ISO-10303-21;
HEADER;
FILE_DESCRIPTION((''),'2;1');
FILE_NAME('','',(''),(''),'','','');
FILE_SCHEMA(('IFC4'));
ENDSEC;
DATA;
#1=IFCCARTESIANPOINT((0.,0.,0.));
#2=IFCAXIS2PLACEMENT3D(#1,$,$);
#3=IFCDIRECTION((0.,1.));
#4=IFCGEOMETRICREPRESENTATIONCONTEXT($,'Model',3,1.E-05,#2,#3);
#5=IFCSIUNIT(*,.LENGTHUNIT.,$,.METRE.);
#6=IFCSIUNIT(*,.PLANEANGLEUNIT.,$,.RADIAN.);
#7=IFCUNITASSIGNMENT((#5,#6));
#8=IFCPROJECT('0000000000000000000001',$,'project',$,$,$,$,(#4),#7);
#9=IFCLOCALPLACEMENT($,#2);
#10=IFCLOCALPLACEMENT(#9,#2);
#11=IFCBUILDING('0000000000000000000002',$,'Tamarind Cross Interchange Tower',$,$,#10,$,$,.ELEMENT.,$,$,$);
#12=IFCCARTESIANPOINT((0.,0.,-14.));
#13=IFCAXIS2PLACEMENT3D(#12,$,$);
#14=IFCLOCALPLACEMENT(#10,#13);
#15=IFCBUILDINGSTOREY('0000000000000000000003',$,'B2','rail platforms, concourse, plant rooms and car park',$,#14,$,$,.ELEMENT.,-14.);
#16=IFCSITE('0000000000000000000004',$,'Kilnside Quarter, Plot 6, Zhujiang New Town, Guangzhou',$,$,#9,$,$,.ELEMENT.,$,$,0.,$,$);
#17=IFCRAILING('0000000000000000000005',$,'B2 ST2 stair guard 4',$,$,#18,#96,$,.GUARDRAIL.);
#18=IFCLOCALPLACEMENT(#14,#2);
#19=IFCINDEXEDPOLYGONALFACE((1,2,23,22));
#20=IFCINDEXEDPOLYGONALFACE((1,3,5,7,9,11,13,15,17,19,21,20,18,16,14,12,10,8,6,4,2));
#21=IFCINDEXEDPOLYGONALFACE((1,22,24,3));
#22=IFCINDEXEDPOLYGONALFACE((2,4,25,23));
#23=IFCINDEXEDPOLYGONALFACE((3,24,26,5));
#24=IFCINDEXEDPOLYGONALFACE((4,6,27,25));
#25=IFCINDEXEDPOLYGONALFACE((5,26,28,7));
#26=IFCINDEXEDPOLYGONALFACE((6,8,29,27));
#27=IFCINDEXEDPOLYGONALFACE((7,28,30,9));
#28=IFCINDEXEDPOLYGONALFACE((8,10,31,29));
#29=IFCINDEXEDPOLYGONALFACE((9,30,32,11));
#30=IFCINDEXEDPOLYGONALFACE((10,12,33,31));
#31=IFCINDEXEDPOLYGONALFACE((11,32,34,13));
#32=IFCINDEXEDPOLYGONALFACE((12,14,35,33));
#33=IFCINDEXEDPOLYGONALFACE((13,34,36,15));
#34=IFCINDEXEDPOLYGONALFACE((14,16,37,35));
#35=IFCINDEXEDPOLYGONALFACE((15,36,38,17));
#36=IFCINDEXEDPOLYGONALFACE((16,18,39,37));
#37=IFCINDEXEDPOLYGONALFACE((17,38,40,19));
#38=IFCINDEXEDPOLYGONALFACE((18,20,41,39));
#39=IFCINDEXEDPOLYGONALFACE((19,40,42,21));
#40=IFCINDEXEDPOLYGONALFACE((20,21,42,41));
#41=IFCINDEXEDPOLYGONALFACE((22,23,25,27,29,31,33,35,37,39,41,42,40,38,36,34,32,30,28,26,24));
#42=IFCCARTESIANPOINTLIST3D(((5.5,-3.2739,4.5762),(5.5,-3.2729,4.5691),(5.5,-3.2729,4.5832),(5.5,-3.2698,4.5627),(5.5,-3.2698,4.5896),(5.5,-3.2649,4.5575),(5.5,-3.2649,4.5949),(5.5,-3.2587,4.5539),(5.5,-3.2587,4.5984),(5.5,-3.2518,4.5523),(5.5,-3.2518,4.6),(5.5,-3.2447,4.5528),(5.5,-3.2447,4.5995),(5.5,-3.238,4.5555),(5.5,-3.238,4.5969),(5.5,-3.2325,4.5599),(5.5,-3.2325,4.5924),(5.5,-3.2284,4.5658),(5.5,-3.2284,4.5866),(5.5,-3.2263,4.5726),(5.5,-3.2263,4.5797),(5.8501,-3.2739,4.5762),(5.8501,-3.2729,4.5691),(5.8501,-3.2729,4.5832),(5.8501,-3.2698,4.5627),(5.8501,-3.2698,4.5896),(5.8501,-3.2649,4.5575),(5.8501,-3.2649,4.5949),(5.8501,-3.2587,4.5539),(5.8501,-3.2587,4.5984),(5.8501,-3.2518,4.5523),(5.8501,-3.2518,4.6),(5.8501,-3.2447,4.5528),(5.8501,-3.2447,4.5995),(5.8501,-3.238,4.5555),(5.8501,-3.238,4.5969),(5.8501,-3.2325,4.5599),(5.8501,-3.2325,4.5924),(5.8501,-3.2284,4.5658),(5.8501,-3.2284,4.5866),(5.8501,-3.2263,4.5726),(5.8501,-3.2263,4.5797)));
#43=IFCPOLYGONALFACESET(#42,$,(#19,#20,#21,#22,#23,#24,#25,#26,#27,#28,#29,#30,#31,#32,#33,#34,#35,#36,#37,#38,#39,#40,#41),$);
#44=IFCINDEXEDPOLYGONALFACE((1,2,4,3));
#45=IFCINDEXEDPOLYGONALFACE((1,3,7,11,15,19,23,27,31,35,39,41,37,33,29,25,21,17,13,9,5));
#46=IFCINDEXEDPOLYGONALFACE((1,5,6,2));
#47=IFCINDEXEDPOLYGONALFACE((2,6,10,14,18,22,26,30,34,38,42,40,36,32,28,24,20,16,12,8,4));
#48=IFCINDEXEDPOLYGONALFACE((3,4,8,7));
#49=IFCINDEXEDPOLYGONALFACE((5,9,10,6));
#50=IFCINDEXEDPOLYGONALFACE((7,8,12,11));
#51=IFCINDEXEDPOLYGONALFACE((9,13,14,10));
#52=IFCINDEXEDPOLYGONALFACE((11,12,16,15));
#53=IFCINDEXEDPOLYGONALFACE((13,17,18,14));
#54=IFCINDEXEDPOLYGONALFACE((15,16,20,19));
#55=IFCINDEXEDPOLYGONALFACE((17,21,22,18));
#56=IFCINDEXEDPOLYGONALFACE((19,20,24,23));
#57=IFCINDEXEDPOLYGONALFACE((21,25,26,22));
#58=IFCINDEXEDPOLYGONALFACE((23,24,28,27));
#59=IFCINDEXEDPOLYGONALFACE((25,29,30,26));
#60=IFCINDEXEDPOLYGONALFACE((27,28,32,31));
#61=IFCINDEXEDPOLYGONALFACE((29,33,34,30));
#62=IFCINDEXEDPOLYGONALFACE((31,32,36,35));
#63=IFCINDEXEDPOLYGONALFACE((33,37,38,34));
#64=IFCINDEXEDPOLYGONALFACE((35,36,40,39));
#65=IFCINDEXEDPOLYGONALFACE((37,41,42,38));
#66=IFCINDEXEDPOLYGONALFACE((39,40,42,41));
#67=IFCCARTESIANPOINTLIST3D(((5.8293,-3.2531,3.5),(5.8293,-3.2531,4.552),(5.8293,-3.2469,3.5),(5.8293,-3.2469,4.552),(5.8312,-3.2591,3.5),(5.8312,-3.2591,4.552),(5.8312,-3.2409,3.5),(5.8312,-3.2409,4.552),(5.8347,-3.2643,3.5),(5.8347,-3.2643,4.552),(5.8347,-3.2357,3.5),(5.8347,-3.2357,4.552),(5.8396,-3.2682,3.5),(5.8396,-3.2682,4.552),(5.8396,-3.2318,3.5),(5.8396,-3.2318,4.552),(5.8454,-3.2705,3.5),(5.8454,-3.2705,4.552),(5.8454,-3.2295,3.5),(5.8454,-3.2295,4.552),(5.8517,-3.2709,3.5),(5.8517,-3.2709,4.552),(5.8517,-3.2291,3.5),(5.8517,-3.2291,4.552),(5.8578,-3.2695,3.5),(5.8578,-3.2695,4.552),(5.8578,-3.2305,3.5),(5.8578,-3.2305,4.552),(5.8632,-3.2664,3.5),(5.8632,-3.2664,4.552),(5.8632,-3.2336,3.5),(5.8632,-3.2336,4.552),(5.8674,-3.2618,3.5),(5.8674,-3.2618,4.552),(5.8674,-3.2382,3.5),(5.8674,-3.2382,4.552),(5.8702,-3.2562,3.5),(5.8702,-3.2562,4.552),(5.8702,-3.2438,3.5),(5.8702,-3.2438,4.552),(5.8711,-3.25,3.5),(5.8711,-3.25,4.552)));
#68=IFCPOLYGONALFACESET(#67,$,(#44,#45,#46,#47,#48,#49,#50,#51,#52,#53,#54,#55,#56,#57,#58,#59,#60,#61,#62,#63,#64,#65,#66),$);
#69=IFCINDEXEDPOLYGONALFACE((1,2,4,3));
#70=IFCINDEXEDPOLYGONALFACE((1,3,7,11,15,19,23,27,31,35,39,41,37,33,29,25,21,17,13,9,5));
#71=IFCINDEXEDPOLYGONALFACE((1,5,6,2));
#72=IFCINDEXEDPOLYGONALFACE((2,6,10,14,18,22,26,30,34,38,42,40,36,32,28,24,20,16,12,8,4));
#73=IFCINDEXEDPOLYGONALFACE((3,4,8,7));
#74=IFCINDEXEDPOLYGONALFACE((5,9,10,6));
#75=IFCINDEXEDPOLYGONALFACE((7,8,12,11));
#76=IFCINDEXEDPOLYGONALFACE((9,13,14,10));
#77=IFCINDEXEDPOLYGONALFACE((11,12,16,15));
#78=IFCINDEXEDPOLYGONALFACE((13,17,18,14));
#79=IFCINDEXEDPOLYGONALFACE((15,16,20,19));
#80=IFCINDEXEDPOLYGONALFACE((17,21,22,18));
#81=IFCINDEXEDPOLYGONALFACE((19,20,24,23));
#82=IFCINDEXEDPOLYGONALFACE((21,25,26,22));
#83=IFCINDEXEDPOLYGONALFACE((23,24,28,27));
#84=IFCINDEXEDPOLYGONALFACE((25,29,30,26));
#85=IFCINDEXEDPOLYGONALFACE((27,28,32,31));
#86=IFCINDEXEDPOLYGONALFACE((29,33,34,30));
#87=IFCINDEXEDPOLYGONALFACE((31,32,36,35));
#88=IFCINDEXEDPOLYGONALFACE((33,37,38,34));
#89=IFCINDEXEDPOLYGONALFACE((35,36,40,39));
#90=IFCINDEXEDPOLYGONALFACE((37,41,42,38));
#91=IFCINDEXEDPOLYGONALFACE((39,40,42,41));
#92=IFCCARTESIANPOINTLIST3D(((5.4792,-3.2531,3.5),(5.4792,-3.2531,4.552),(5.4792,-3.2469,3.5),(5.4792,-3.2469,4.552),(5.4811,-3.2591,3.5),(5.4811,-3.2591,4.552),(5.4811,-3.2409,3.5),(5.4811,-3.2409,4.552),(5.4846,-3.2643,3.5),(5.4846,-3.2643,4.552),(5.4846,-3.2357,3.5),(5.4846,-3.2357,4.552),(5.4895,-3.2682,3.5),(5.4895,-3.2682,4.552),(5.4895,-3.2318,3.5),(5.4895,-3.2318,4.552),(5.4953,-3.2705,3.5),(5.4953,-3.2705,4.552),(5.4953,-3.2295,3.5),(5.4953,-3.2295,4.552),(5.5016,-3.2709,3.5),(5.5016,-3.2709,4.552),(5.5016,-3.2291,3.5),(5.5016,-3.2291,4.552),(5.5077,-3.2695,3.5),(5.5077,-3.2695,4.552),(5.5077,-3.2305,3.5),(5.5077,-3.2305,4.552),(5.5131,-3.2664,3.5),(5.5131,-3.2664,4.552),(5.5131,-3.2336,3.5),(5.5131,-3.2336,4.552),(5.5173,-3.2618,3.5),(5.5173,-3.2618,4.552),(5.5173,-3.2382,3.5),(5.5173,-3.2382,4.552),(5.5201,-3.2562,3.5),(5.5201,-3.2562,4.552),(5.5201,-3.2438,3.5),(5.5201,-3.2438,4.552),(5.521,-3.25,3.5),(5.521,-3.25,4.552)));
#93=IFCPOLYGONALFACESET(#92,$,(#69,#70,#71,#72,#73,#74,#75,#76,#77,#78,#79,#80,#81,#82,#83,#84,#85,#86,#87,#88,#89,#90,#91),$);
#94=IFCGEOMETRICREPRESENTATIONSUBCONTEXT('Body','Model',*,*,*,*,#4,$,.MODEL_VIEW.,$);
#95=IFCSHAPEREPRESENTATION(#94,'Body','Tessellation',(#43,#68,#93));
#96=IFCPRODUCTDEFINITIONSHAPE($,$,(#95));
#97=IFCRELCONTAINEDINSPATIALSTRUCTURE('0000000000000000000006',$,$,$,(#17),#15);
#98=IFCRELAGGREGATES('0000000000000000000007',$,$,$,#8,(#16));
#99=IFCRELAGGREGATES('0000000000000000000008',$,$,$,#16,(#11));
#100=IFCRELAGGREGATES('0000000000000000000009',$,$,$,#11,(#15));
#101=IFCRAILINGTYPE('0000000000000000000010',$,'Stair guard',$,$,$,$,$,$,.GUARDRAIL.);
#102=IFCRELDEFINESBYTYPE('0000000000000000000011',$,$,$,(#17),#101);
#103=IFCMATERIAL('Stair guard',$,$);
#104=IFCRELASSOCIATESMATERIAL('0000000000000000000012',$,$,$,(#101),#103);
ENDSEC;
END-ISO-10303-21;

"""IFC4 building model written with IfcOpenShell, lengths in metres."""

from ifc_helpers import new_model, si_unit, direction, frame, origin, origin_2d, place, context, subcontext, project, spatial, circle, extrude, material, type_object, element, save


model = new_model("IFC4")

# Units and contexts
model_context = context("Model", 3, precision=1e-05, world=origin(), true_north=direction((0.0, 1.0)))
body_context = subcontext(model_context, "Body", "Model", "MODEL_VIEW")
ifc_project = project(units=[si_unit("LENGTHUNIT", "METRE"), si_unit("PLANEANGLEUNIT", "RADIAN")], contexts=[model_context])

# Site, building, storey
site_placement = place(None, origin())
site = spatial("IfcSite", under=ifc_project, at=site_placement, Name="Kilnside Quarter, Plot 6, Zhujiang New Town, Guangzhou", CompositionType="ELEMENT", RefElevation=0.0)
building_placement = place(site_placement, origin())
building = spatial("IfcBuilding", under=site, at=building_placement, Name="Tamarind Cross Interchange Tower", CompositionType="ELEMENT")
storey_placement = place(building_placement, frame((0.0, 0.0, -14.0)))
storey = spatial("IfcBuildingStorey", under=building, at=storey_placement, Name="B2", Description="rail platforms, concourse, plant rooms and car park", CompositionType="ELEMENT", Elevation=-14.0)

# Railing
ifc_material_1 = material(Name="Stair guard")
railing_type_1 = type_object("IfcRailingType", Name="Stair guard", PredefinedType="GUARDRAIL", material=ifc_material_1)
railing_1_placement = place(storey_placement, frame((5.8501, -3.25, 3.5)))
element("IfcRailing", 1, at=railing_1_placement, inside=storey, type_object=railing_type_1, Name="B2 ST2 stair guard 4", PredefinedType="GUARDRAIL", context=body_context, shape_type="SweptSolid", body=[
    extrude(circle(Radius=0.0239, at=origin_2d()), frame((0.0, 0.0, 1.0762), z_axis=(-1.0, 0.0, 0.0), x_axis=(0.0, -1.0, 0.0)), (0.0, 0.0, 1.0), 0.3501),
    extrude(circle(Radius=0.021, at=origin_2d()), origin(), (0.0, 0.0, 1.0), 1.052),
    extrude(circle(Radius=0.021, at=origin_2d()), frame((-0.3501, 0.0, 0.0)), (0.0, 0.0, 1.0), 1.052),
])

save(model, "model.ifc")
